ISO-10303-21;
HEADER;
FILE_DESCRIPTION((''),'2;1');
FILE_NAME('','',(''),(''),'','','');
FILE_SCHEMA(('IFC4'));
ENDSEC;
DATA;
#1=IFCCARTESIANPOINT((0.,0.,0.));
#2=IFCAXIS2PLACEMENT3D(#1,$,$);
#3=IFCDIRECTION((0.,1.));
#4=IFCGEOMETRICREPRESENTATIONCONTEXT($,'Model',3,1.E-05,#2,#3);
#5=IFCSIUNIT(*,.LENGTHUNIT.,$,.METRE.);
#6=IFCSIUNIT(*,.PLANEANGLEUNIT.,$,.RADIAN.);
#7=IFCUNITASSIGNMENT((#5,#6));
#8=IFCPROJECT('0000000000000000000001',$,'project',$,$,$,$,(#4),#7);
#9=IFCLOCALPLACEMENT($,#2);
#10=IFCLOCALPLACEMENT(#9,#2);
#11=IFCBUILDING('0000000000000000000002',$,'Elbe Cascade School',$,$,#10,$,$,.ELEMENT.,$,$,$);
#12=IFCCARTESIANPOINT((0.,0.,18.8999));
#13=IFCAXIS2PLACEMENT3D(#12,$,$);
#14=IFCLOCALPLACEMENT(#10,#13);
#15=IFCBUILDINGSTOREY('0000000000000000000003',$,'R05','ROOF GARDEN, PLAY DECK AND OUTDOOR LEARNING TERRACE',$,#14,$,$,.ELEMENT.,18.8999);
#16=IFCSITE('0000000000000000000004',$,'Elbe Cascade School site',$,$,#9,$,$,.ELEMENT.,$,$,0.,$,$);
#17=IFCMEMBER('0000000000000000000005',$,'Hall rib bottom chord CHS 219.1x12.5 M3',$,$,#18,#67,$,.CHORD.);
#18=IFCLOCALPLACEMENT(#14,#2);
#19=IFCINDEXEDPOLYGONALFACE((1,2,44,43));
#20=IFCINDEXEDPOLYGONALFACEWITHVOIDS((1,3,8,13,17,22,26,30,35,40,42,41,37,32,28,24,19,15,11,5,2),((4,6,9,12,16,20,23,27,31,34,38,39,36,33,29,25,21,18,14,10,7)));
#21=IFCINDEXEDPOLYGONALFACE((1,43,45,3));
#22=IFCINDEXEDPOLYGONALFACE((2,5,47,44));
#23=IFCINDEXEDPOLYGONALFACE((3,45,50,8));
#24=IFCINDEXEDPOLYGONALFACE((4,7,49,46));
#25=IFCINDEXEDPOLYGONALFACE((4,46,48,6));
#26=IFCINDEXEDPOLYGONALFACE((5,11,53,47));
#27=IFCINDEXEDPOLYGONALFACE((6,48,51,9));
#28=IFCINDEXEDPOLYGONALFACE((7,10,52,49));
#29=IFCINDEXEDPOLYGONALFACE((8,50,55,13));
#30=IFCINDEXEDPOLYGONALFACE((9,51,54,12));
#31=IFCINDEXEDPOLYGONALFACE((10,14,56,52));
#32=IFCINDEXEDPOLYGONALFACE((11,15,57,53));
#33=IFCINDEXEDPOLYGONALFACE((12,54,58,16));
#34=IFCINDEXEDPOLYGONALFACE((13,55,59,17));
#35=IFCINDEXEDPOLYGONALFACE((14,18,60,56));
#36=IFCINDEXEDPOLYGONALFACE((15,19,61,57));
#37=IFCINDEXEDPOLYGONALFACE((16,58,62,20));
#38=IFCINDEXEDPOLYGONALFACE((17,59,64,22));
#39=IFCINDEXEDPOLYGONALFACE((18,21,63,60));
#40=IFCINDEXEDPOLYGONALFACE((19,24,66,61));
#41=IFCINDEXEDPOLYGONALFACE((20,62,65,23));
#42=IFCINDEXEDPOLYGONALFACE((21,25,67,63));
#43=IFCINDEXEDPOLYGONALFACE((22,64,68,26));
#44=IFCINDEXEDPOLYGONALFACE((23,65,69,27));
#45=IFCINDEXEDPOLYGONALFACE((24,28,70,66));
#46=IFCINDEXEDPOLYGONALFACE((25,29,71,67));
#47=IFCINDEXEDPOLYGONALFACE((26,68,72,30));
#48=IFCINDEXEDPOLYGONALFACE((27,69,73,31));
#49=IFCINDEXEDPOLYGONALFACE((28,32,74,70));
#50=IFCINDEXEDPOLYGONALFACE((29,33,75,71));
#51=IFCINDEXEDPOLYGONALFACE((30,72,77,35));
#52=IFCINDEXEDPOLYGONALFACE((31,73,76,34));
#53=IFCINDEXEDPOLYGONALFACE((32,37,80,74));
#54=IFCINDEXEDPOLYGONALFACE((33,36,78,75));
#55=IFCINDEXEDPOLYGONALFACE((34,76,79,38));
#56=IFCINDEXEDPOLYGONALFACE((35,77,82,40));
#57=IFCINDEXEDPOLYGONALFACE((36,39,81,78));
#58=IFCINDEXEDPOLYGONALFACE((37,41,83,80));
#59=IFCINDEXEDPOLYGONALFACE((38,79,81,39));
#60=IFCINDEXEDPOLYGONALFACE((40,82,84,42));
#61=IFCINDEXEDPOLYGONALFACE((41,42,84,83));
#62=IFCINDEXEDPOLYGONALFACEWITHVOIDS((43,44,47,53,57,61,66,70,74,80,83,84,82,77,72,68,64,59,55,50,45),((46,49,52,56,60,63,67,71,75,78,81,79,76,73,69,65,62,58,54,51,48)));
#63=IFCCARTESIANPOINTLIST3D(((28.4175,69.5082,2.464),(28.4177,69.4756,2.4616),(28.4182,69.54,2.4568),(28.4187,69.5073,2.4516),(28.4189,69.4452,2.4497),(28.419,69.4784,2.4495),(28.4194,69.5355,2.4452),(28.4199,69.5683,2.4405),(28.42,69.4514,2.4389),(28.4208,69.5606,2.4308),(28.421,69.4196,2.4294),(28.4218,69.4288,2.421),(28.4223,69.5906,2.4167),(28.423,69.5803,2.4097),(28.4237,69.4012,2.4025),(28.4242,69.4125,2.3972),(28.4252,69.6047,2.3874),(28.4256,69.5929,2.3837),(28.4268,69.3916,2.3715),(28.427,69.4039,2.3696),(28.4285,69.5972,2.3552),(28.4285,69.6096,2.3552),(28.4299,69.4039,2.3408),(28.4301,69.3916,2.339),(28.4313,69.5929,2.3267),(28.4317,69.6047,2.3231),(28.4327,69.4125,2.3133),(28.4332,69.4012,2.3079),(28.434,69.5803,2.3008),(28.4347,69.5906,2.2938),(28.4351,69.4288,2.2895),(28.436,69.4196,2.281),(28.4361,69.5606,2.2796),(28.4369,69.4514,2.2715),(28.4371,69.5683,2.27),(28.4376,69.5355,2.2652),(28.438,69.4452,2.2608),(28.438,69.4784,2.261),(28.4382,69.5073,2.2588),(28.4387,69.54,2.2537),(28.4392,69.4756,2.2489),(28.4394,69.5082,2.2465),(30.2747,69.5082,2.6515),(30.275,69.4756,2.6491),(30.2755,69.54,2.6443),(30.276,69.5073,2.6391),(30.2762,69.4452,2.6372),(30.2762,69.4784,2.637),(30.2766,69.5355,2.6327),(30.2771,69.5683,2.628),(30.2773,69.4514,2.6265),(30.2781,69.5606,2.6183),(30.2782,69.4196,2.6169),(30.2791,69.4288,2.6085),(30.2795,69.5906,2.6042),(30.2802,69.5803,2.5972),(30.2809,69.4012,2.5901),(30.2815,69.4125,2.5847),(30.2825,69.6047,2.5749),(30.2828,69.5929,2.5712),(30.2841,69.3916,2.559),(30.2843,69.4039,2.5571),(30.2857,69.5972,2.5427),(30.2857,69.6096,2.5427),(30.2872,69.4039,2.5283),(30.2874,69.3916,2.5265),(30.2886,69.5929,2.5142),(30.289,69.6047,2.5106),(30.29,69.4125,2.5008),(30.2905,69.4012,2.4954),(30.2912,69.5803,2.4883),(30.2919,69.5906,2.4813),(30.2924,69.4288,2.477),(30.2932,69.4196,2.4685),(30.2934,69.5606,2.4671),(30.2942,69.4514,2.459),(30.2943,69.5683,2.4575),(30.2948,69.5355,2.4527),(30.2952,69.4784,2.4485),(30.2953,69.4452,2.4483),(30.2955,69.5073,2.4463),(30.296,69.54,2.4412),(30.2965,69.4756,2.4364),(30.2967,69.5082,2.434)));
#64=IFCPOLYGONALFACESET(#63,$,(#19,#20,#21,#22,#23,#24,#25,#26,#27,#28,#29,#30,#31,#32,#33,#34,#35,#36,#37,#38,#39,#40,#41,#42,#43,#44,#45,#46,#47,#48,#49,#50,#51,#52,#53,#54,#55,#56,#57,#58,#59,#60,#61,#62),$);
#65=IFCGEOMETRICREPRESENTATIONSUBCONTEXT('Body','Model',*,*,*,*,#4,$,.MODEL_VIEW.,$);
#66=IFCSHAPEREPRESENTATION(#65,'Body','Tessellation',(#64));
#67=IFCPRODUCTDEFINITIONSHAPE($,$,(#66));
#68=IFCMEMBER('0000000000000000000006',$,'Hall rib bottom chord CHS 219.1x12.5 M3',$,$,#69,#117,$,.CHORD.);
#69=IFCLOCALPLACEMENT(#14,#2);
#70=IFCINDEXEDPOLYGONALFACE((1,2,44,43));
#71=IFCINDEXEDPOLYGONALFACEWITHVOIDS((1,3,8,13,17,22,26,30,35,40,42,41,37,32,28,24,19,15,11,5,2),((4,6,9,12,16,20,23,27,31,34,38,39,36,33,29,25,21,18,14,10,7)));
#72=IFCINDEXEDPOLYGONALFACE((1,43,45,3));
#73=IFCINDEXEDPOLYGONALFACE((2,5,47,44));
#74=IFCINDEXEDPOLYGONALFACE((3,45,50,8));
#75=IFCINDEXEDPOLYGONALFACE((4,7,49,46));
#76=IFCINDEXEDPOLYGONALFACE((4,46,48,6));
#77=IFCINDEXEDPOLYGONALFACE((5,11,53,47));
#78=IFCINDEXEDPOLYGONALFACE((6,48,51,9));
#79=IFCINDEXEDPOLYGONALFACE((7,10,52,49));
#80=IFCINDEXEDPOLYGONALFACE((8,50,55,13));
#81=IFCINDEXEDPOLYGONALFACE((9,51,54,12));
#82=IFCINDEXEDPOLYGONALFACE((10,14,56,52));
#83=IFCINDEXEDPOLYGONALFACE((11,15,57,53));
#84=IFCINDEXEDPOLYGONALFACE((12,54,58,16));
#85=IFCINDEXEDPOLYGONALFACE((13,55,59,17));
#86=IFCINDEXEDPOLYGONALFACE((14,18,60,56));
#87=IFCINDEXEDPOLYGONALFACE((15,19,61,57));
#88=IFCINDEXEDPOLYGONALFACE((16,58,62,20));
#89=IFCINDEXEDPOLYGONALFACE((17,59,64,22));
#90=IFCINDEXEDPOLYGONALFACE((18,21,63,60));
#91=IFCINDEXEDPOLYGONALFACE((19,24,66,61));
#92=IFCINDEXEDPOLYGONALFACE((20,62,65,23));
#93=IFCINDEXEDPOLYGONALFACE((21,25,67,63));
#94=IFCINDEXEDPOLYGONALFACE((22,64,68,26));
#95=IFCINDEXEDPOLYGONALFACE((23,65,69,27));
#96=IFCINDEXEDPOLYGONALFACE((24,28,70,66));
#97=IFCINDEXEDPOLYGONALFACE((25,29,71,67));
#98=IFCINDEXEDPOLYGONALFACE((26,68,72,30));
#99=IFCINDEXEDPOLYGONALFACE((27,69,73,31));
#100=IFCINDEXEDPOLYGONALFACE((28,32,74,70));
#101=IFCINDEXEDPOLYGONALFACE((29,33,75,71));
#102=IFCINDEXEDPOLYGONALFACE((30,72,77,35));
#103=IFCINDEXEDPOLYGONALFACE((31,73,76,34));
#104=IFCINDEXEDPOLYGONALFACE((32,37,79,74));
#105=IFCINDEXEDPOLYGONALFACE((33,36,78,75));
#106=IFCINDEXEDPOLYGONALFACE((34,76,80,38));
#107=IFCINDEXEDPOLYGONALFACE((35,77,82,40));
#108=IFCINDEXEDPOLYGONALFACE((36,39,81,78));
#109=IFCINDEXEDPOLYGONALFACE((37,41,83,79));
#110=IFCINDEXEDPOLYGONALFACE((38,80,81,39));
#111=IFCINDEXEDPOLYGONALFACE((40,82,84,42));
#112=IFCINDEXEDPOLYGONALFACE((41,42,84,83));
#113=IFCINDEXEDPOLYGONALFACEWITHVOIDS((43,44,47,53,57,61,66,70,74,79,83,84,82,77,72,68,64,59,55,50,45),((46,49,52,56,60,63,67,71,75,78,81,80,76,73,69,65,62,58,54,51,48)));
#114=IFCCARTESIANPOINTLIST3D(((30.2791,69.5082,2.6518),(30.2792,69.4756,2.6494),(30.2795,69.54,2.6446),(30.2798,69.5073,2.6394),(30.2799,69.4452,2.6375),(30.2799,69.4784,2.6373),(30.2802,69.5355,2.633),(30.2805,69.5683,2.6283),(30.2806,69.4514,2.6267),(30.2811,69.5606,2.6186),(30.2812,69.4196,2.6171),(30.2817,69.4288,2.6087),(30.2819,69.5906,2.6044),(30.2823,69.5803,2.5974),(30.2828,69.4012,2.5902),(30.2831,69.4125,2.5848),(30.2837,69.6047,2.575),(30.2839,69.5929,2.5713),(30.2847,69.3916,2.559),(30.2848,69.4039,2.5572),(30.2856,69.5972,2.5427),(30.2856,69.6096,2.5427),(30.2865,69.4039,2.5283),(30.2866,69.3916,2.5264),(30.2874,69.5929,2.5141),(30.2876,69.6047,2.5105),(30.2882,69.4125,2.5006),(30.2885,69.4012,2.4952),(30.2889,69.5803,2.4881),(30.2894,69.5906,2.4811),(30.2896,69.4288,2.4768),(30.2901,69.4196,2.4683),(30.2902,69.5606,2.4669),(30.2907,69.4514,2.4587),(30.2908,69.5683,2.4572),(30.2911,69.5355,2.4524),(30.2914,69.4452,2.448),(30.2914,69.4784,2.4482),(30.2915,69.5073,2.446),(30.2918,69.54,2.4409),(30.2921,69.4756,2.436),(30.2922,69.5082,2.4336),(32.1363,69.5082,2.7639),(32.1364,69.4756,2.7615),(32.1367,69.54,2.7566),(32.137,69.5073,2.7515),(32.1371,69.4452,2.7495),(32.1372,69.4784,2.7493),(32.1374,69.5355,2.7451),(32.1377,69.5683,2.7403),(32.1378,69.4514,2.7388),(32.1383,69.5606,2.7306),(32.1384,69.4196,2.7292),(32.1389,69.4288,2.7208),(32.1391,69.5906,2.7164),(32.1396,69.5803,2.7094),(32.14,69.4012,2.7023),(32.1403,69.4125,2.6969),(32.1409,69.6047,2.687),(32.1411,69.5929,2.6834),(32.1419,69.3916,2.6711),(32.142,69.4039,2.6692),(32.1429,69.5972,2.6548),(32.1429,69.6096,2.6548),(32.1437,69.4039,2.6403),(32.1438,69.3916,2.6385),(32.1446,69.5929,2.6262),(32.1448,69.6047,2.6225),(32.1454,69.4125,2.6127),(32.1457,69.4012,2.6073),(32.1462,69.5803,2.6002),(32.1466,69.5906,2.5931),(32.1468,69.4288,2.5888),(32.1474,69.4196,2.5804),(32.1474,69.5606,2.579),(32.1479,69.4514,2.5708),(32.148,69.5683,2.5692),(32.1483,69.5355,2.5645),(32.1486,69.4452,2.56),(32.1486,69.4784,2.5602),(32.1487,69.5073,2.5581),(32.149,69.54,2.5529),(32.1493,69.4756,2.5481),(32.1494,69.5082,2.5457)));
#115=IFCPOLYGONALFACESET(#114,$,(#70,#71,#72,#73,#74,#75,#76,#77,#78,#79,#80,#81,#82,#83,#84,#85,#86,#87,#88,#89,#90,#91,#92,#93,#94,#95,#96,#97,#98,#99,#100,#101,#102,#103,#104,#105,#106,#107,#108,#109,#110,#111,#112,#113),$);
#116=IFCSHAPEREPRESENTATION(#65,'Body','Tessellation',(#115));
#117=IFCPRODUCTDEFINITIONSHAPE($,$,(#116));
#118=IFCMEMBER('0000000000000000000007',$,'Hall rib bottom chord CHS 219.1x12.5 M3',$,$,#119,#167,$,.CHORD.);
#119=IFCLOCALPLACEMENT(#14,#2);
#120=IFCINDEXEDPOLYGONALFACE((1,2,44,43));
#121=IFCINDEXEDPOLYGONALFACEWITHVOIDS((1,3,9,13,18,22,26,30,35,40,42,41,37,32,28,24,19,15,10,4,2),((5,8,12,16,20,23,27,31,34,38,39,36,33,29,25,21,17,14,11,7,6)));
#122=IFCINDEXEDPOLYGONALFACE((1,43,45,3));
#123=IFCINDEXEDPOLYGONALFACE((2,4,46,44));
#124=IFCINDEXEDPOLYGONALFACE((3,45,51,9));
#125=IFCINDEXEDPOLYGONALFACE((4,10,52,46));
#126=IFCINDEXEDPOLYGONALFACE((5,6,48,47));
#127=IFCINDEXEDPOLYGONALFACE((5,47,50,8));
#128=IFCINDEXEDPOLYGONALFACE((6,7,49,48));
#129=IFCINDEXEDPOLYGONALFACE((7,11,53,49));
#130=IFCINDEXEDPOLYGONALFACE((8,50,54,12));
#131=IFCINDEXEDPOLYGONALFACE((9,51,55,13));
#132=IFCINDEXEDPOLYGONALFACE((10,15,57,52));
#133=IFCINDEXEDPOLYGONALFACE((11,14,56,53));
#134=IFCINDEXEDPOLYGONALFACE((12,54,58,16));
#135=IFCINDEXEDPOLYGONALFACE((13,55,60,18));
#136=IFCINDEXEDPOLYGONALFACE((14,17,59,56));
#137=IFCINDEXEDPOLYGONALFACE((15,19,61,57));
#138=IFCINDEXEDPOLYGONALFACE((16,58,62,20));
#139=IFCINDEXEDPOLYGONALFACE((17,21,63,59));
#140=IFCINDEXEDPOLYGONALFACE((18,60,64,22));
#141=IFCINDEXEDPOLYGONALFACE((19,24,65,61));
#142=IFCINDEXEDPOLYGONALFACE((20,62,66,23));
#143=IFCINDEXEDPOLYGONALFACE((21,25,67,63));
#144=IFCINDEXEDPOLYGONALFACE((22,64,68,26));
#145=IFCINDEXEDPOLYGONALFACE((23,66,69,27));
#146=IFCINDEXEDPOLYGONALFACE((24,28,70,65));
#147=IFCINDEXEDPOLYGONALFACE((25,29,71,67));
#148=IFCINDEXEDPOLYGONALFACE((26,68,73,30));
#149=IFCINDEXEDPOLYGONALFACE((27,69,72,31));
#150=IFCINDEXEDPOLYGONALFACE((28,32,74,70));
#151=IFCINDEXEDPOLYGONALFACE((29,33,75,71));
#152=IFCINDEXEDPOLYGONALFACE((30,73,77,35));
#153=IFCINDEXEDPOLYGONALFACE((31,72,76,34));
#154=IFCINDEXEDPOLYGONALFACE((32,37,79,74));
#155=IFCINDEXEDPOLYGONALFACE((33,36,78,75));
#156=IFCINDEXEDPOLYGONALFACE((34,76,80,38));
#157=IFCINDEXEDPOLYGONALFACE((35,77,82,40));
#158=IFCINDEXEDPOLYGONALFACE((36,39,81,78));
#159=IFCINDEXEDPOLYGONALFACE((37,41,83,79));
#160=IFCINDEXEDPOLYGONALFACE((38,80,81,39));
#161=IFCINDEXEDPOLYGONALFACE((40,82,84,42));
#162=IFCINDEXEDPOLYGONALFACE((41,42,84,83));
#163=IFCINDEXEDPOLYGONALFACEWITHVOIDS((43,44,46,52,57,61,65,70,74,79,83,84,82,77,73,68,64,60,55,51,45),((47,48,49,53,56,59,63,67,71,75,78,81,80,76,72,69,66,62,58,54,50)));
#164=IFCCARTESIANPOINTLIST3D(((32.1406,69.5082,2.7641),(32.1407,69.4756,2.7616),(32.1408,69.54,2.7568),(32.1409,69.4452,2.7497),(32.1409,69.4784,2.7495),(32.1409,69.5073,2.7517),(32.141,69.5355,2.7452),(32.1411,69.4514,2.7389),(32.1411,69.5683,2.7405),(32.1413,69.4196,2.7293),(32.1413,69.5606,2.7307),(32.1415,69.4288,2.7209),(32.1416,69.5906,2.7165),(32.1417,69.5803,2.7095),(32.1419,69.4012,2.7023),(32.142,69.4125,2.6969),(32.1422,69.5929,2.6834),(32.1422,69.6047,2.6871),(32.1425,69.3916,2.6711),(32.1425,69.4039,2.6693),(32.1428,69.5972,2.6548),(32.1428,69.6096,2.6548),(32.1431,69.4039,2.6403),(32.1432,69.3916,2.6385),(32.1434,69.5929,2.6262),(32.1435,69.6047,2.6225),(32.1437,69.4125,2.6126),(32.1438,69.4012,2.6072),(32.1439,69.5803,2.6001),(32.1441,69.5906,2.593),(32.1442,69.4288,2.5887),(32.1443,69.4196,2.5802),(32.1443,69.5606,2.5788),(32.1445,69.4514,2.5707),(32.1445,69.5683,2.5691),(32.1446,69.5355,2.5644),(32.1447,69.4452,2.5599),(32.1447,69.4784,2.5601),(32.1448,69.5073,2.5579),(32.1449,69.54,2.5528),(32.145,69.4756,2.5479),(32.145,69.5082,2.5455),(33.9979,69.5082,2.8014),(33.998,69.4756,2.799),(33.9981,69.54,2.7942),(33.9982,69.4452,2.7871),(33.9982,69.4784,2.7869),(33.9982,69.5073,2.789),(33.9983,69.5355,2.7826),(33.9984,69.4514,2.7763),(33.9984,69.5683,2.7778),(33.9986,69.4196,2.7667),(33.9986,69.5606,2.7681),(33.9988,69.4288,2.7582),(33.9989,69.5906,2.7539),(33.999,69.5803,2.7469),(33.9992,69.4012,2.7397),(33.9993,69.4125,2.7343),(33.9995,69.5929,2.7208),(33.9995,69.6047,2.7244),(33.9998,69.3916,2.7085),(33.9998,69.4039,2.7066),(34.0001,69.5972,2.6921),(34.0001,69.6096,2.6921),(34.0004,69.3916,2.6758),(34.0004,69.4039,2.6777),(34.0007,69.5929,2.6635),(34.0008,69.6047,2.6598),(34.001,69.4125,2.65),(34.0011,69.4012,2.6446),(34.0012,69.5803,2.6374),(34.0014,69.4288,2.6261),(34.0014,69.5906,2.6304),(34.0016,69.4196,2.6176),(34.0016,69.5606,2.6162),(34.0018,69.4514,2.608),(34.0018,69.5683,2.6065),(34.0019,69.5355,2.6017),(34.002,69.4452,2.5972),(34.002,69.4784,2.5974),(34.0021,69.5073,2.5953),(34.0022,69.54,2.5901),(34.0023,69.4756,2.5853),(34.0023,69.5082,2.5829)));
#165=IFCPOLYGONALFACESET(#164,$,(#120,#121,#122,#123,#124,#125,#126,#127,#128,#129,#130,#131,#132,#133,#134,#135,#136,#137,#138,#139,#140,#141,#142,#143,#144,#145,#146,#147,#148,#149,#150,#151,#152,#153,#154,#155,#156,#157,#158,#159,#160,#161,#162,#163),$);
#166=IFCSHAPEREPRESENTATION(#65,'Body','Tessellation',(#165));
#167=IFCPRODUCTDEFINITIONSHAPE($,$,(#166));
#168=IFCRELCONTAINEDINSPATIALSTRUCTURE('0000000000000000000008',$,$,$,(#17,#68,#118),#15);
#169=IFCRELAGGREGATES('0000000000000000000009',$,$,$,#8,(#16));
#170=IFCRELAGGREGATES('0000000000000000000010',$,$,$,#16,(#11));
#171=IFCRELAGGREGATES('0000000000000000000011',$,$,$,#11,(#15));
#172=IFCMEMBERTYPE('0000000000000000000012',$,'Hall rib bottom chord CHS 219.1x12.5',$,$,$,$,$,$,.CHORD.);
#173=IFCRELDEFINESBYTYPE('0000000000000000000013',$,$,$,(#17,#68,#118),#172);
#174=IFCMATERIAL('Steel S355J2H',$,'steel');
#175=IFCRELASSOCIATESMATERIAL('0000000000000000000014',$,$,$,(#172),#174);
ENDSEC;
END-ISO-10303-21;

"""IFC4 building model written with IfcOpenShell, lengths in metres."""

from ifc_helpers import new_model, si_unit, direction, frame, origin, origin_2d, place, context, subcontext, project, spatial, hollow_circle, extrude, material, material_profile, profile_set, type_object, element, save


model = new_model("IFC4")

# Units and contexts
model_context = context("Model", 3, precision=1e-05, world=origin(), true_north=direction((0.0, 1.0)))
body_context = subcontext(model_context, "Body", "Model", "MODEL_VIEW")
ifc_project = project(units=[si_unit("LENGTHUNIT", "METRE"), si_unit("PLANEANGLEUNIT", "RADIAN")], contexts=[model_context])

# Site, building, storey
site_placement = place(None, origin())
site = spatial("IfcSite", under=ifc_project, at=site_placement, Name="Elbe Cascade School site", CompositionType="ELEMENT", RefElevation=0.0)
building_placement = place(site_placement, origin())
building = spatial("IfcBuilding", under=site, at=building_placement, Name="Elbe Cascade School", CompositionType="ELEMENT")
storey_placement = place(building_placement, frame((0.0, 0.0, 18.8999)))
storey = spatial("IfcBuildingStorey", under=building, at=storey_placement, Name="R05", Description="ROOF GARDEN, PLAY DECK AND OUTDOOR LEARNING TERRACE", CompositionType="ELEMENT", Elevation=18.8999)

# Members
ifc_material_1 = material(Name="Steel S355J2H", Category="steel")
ifc_material_profile_1 = material_profile(ifc_material_1, hollow_circle(Radius=0.1096, WallThickness=0.0125, at=origin_2d()), Name="CHS 219.1x12.5")
ifc_profile_set_1 = profile_set([ifc_material_profile_1], Name="Steel S355J2H")
member_type_1 = type_object("IfcMemberType", Name="Hall rib bottom chord CHS 219.1x12.5", PredefinedType="CHORD", material=ifc_profile_set_1)
member_1_placement = place(storey_placement, frame((28.4285, 69.5, 2.3552), z_axis=(0.994942, 0.0, 0.100449), x_axis=(0.0, 1.0, 0.0)))
element("IfcMember", 1, at=member_1_placement, inside=storey, type_object=member_type_1, Name="Hall rib bottom chord CHS 219.1x12.5 M3", PredefinedType="CHORD", context=body_context, shape_type="SweptSolid", body=[
    extrude(hollow_circle(Radius=0.1096, WallThickness=0.0125, at=origin_2d()), origin(), (0.0, 0.0, 1.0), 1.8667),
])
member_2_placement = place(storey_placement, frame((30.2856, 69.5, 2.5427), z_axis=(0.998185, 0.0, 0.06023), x_axis=(0.0, 1.0, 0.0)))
element("IfcMember", 2, at=member_2_placement, inside=storey, type_object=member_type_1, Name="Hall rib bottom chord CHS 219.1x12.5 M3", PredefinedType="CHORD", context=body_context, shape_type="SweptSolid", body=[
    extrude(hollow_circle(Radius=0.1096, WallThickness=0.0125, at=origin_2d()), origin(), (0.0, 0.0, 1.0), 1.8606),
])
member_3_placement = place(storey_placement, frame((32.1428, 69.5, 2.6548), z_axis=(0.999798, 0.0, 0.020109), x_axis=(0.0, 1.0, 0.0)))
element("IfcMember", 3, at=member_3_placement, inside=storey, type_object=member_type_1, Name="Hall rib bottom chord CHS 219.1x12.5 M3", PredefinedType="CHORD", context=body_context, shape_type="SweptSolid", body=[
    extrude(hollow_circle(Radius=0.1096, WallThickness=0.0125, at=origin_2d()), origin(), (0.0, 0.0, 1.0), 1.8577),
])

save(model, "model.ifc")
